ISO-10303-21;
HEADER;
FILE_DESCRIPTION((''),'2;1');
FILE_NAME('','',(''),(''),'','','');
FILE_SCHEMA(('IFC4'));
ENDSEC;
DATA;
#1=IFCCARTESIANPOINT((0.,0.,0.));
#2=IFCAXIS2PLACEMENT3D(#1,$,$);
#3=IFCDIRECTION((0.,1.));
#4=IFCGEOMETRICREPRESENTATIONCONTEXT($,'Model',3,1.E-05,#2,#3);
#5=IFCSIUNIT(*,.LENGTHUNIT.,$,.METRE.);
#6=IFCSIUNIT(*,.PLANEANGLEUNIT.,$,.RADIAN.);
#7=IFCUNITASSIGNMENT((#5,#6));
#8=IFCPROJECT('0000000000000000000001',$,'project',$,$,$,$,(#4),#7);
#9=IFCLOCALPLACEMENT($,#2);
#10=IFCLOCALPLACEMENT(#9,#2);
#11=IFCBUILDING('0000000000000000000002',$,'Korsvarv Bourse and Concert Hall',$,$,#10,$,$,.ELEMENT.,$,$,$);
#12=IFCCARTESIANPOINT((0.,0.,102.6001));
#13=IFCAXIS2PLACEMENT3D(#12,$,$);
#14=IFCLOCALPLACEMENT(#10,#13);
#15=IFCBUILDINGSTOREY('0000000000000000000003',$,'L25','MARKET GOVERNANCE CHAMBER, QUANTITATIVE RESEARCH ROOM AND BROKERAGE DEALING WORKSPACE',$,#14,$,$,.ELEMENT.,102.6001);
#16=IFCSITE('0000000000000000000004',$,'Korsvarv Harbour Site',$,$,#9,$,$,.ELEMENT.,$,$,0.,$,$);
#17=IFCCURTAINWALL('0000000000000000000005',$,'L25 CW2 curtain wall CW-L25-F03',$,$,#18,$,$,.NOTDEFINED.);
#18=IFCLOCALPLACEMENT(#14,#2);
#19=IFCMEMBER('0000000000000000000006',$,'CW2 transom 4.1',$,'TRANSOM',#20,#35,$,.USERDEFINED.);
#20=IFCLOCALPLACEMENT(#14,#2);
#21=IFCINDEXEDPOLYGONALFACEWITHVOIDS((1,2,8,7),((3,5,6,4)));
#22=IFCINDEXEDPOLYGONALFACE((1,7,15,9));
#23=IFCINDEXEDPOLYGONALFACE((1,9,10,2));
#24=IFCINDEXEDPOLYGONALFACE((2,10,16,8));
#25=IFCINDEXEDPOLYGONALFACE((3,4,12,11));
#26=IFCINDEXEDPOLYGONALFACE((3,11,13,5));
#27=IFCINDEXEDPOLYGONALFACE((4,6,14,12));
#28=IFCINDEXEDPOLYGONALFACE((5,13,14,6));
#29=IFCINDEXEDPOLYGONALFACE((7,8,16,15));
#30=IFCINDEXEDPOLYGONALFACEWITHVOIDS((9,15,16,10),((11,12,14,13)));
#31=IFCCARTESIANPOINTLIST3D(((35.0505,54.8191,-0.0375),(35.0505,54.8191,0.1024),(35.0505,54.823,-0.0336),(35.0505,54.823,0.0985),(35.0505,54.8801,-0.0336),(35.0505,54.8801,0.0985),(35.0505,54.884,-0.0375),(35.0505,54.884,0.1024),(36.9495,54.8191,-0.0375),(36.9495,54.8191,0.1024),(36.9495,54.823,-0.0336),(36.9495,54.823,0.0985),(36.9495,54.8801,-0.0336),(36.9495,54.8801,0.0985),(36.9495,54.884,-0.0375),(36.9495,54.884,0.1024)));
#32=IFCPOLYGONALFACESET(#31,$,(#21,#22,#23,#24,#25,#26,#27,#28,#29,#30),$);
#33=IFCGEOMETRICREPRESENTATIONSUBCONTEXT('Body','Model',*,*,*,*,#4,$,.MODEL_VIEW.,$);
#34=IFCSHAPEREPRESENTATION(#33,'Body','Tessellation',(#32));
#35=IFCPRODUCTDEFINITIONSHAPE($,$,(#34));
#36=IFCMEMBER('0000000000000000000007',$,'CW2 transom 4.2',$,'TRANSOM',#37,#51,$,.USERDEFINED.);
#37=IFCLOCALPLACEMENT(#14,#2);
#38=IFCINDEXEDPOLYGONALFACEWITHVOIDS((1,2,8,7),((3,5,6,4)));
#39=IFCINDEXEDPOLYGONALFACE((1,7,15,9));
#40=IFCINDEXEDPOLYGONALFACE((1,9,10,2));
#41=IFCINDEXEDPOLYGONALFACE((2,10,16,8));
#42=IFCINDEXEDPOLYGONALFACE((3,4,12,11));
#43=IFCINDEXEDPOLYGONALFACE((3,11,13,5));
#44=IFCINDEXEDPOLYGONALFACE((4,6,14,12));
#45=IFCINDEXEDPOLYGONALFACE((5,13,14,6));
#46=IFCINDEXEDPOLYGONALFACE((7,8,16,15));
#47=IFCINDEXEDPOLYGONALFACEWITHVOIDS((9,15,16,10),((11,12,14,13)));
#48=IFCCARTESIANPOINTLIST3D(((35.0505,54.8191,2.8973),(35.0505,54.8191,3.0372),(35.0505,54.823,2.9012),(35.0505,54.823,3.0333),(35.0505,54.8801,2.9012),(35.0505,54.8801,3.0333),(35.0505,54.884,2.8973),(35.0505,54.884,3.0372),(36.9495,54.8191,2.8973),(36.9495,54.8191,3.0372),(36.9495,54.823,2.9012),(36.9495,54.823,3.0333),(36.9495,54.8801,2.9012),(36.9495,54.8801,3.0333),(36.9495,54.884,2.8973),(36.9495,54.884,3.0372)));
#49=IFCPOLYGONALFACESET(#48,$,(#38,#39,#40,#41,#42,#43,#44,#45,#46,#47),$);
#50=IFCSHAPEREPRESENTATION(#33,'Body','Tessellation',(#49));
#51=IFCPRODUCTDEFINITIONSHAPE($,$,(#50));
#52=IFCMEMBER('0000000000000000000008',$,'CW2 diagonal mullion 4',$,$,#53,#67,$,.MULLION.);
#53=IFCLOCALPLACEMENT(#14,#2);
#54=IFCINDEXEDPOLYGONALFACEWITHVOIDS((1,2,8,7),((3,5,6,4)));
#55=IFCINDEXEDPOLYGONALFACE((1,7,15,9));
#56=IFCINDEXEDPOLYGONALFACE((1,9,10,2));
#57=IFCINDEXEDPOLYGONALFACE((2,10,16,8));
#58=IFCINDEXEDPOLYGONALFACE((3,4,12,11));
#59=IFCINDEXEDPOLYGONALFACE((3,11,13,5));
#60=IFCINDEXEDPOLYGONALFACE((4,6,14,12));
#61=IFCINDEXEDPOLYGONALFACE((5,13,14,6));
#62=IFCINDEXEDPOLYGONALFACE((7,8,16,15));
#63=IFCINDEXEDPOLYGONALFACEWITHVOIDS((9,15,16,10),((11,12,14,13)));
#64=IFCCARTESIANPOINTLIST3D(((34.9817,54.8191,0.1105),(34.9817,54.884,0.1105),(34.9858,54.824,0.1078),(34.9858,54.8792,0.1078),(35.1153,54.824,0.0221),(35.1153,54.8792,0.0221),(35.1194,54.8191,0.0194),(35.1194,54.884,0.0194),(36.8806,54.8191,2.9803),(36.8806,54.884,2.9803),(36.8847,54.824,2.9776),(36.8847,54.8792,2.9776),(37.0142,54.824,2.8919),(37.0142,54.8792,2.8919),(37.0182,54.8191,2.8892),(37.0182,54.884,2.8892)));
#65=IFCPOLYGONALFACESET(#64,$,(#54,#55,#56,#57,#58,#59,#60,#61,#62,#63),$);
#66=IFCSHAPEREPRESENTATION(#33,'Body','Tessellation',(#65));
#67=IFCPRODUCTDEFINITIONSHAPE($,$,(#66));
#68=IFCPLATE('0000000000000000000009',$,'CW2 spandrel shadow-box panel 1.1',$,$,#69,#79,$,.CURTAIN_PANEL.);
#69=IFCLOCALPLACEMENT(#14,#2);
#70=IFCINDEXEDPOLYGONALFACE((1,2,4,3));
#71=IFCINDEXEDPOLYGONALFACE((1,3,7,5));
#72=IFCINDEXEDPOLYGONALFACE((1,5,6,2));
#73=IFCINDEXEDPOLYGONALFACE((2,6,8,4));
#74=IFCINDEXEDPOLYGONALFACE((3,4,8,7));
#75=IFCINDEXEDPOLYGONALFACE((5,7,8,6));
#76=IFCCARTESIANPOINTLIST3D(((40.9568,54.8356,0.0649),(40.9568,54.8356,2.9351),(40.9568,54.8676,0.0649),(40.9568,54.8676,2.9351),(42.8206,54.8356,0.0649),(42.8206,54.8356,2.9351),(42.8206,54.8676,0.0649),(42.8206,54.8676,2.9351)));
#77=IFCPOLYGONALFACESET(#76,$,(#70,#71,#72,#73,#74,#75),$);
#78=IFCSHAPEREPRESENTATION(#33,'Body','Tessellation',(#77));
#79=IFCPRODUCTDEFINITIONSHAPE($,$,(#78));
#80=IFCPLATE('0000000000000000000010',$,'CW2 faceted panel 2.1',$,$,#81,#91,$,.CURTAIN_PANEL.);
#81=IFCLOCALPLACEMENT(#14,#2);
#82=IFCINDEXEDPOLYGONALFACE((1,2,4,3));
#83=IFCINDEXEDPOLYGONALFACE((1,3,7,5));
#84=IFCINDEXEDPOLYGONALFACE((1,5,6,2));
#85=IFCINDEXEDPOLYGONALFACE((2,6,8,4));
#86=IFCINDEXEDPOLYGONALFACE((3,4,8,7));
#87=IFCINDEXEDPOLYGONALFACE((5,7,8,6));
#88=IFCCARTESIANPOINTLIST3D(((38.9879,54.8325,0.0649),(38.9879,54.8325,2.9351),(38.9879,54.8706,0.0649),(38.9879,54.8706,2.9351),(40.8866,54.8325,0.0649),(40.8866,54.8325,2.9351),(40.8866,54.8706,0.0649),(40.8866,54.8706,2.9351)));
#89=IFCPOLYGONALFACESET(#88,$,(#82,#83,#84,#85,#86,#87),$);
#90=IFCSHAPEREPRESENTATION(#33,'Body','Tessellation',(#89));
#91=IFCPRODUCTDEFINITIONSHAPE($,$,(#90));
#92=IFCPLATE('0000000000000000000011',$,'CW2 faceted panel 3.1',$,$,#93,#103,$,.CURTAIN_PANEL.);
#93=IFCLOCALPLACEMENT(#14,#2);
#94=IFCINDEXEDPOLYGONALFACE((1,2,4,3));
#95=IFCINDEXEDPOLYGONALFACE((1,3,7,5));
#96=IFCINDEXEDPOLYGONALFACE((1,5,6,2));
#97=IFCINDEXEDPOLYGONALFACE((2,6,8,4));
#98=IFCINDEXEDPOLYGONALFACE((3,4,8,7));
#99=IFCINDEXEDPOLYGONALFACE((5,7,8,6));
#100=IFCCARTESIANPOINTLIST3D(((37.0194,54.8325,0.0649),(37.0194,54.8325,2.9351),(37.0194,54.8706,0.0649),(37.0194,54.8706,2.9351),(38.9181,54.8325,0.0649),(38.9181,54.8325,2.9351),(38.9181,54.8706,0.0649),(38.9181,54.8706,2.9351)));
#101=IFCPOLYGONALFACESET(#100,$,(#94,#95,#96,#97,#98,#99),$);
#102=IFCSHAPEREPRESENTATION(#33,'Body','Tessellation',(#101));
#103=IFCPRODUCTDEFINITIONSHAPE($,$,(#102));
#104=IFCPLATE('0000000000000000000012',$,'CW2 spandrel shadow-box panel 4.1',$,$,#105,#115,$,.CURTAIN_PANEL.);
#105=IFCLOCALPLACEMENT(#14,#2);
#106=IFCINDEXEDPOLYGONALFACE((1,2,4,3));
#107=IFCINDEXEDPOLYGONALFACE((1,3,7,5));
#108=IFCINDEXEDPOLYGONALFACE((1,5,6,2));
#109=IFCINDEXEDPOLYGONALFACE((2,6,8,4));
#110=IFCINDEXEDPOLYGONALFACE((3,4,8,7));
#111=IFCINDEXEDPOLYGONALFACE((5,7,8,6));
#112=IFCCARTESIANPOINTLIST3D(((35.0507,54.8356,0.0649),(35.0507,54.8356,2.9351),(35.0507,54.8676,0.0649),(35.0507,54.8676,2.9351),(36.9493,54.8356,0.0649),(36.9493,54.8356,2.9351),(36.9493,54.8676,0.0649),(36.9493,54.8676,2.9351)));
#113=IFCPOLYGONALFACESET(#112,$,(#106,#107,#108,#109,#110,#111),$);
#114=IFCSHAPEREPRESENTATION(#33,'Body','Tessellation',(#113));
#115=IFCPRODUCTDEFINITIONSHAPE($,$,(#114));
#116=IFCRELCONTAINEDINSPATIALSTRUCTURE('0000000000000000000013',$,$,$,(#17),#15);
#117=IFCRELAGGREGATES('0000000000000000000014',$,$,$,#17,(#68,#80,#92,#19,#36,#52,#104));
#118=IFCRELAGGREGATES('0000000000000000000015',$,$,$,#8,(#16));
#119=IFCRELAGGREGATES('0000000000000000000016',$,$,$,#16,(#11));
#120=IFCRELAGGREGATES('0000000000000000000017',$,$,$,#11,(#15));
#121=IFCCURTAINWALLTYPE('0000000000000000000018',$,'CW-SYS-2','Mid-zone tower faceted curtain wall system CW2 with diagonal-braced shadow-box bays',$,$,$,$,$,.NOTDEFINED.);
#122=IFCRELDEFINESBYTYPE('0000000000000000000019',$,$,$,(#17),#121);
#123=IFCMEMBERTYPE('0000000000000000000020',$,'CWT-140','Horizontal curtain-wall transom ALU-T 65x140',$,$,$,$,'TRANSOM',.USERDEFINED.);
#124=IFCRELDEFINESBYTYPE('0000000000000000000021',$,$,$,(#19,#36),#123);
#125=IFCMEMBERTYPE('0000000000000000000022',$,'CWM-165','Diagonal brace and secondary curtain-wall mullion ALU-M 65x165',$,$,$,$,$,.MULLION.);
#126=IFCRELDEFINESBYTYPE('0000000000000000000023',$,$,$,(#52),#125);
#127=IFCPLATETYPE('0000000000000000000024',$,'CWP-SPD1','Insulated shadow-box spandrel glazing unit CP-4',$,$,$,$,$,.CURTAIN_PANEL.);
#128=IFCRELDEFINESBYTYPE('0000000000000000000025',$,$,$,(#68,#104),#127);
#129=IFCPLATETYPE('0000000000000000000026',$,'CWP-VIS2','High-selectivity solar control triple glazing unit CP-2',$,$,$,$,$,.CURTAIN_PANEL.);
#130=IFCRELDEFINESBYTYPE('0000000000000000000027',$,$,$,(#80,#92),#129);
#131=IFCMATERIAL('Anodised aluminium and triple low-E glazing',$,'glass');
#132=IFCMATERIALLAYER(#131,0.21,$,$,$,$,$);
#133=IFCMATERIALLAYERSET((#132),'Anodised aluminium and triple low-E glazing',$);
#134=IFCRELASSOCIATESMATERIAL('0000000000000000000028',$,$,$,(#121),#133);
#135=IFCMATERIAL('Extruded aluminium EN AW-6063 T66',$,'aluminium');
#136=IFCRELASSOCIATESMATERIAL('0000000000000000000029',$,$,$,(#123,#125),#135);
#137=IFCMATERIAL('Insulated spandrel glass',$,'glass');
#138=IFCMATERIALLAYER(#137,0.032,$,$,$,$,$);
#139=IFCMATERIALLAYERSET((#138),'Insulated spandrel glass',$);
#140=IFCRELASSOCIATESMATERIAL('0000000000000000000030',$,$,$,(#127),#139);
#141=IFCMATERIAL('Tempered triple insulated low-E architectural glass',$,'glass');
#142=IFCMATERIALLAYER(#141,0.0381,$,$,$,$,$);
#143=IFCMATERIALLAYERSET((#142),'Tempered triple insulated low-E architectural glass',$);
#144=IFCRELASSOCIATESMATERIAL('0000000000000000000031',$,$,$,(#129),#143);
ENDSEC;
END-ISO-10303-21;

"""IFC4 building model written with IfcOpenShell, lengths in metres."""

from ifc_helpers import new_model, si_unit, direction, frame, origin, origin_2d, place, context, subcontext, project, spatial, rectangle, hollow_rectangle, extrude, source, transform, mapped, material, layer, layer_set, material_profile, profile_set, type_object, element, aggregate, save


model = new_model("IFC4")

# Units and contexts
model_context = context("Model", 3, precision=1e-05, world=origin(), true_north=direction((0.0, 1.0)))
body_context = subcontext(model_context, "Body", "Model", "MODEL_VIEW")
ifc_project = project(units=[si_unit("LENGTHUNIT", "METRE"), si_unit("PLANEANGLEUNIT", "RADIAN")], contexts=[model_context])

# Site, building, storey
site_placement = place(None, origin())
site = spatial("IfcSite", under=ifc_project, at=site_placement, Name="Korsvarv Harbour Site", CompositionType="ELEMENT", RefElevation=0.0)
building_placement = place(site_placement, origin())
building = spatial("IfcBuilding", under=site, at=building_placement, Name="Korsvarv Bourse and Concert Hall", CompositionType="ELEMENT")
storey_placement = place(building_placement, frame((0.0, 0.0, 102.6001)))
storey = spatial("IfcBuildingStorey", under=building, at=storey_placement, Name="L25", Description="MARKET GOVERNANCE CHAMBER, QUANTITATIVE RESEARCH ROOM AND BROKERAGE DEALING WORKSPACE", CompositionType="ELEMENT", Elevation=102.6001)

# Curtain wall, members, plates
ifc_material_1 = material(Name="Anodised aluminium and triple low-E glazing", Category="glass")
ifc_layer_1 = layer(ifc_material_1, 0.21)
ifc_layer_set_1 = layer_set([ifc_layer_1], Name="Anodised aluminium and triple low-E glazing")
curtain_wall_type = type_object("IfcCurtainWallType", Name="CW-SYS-2", Description="Mid-zone tower faceted curtain wall system CW2 with diagonal-braced shadow-box bays", PredefinedType="NOTDEFINED", material=ifc_layer_set_1)
curtain_wall_placement = place(storey_placement, origin())
curtain_wall = element("IfcCurtainWall", 1, at=curtain_wall_placement, inside=storey, type_object=curtain_wall_type, Name="L25 CW2 curtain wall CW-L25-F03", PredefinedType="NOTDEFINED")
ifc_material_2 = material(Name="Extruded aluminium EN AW-6063 T66", Category="aluminium")
ifc_material_profile_1 = material_profile(ifc_material_2, hollow_rectangle(XDim=0.0649, YDim=0.1399, WallThickness=0.0039, at=origin_2d()), Name="ALU-T 65x140")
ifc_profile_set_1 = profile_set([ifc_material_profile_1], Name="Extruded aluminium EN AW-6063 T66")
member_type_1 = type_object("IfcMemberType", Name="CWT-140", Description="Horizontal curtain-wall transom ALU-T 65x140", ElementType="TRANSOM", PredefinedType="USERDEFINED", material=ifc_profile_set_1)
shared_shape_1 = source(origin(), body_context, "Body", "SweptSolid", [
    extrude(hollow_rectangle(XDim=0.0649, YDim=0.1399, WallThickness=0.0039, at=origin_2d()), origin(), (0.0, 0.0, 1.0), 1.8989),
])
member_1_placement = place(storey_placement, frame((36.9495, 54.8516, 0.0325), z_axis=(-1.0, 0.0, 0.0), x_axis=(0.0, -1.0, 0.0)))
member_1 = element("IfcMember", 2, at=member_1_placement, type_object=member_type_1, Name="CW2 transom 4.1", ObjectType="TRANSOM", PredefinedType="USERDEFINED", context=body_context, shape_type="MappedRepresentation", body=[
    mapped(shared_shape_1, transform((0.0, 0.0, 0.0), scale=1.0)),
])
member_2_placement = place(storey_placement, frame((36.9495, 54.8516, 2.9673), z_axis=(-1.0, 0.0, 0.0), x_axis=(0.0, -1.0, 0.0)))
member_2 = element("IfcMember", 3, at=member_2_placement, type_object=member_type_1, Name="CW2 transom 4.2", ObjectType="TRANSOM", PredefinedType="USERDEFINED", context=body_context, shape_type="MappedRepresentation", body=[
    mapped(shared_shape_1, transform((0.0, 0.0, 0.0), scale=1.0)),
])
ifc_material_profile_2 = material_profile(ifc_material_2, hollow_rectangle(XDim=0.0649, YDim=0.165, WallThickness=0.0049, at=origin_2d()), Name="ALU-M 65x165")
ifc_profile_set_2 = profile_set([ifc_material_profile_2], Name="Extruded aluminium EN AW-6063 T66")
member_type_2 = type_object("IfcMemberType", Name="CWM-165", Description="Diagonal brace and secondary curtain-wall mullion ALU-M 65x165", PredefinedType="MULLION", material=ifc_profile_set_2)
shared_shape_2 = source(origin(), body_context, "Body", "SweptSolid", [
    extrude(hollow_rectangle(XDim=0.0649, YDim=0.165, WallThickness=0.0049, at=origin_2d()), origin(), (0.0, 0.0, 1.0), 3.4412),
])
member_3_placement = place(storey_placement, frame((35.0505, 54.8516, 0.0649), z_axis=(0.551815, 0.0, 0.833966), x_axis=(0.0, 1.0, 0.0)))
member_3 = element("IfcMember", 4, at=member_3_placement, type_object=member_type_2, Name="CW2 diagonal mullion 4", PredefinedType="MULLION", context=body_context, shape_type="MappedRepresentation", body=[
    mapped(shared_shape_2, transform((0.0, 0.0, 0.0), scale=1.0)),
])
ifc_material_3 = material(Name="Insulated spandrel glass", Category="glass")
ifc_layer_2 = layer(ifc_material_3, 0.032)
ifc_layer_set_2 = layer_set([ifc_layer_2], Name="Insulated spandrel glass")
plate_type_1 = type_object("IfcPlateType", Name="CWP-SPD1", Description="Insulated shadow-box spandrel glazing unit CP-4", PredefinedType="CURTAIN_PANEL", material=ifc_layer_set_2)
shared_shape_3 = source(origin(), body_context, "Body", "SweptSolid", [
    extrude(rectangle(XDim=1.8638, YDim=0.032, at=origin_2d()), origin(), (0.0, 0.0, 1.0), 2.8701),
])
plate_1_placement = place(storey_placement, frame((41.8887, 54.8516, 0.0649), z_axis=(0.0, 0.0, 1.0), x_axis=(-1.0, 0.0, 0.0)))
plate_1 = element("IfcPlate", 5, at=plate_1_placement, type_object=plate_type_1, Name="CW2 spandrel shadow-box panel 1.1", PredefinedType="CURTAIN_PANEL", context=body_context, shape_type="MappedRepresentation", body=[
    mapped(shared_shape_3, transform((0.0, 0.0, 0.0), scale=1.0)),
])
ifc_material_4 = material(Name="Tempered triple insulated low-E architectural glass", Category="glass")
ifc_layer_3 = layer(ifc_material_4, 0.0381)
ifc_layer_set_3 = layer_set([ifc_layer_3], Name="Tempered triple insulated low-E architectural glass")
plate_type_2 = type_object("IfcPlateType", Name="CWP-VIS2", Description="High-selectivity solar control triple glazing unit CP-2", PredefinedType="CURTAIN_PANEL", material=ifc_layer_set_3)
shared_shape_4 = source(origin(), body_context, "Body", "SweptSolid", [
    extrude(rectangle(XDim=1.8987, YDim=0.0381, at=origin_2d()), origin(), (0.0, 0.0, 1.0), 2.8701),
])
plate_2_placement = place(storey_placement, frame((39.9373, 54.8516, 0.0649), z_axis=(0.0, 0.0, 1.0), x_axis=(-1.0, 0.0, 0.0)))
plate_2 = element("IfcPlate", 6, at=plate_2_placement, type_object=plate_type_2, Name="CW2 faceted panel 2.1", PredefinedType="CURTAIN_PANEL", context=body_context, shape_type="MappedRepresentation", body=[
    mapped(shared_shape_4, transform((0.0, 0.0, 0.0), scale=1.0)),
])
plate_3_placement = place(storey_placement, frame((37.9688, 54.8516, 0.0649), z_axis=(0.0, 0.0, 1.0), x_axis=(-1.0, 0.0, 0.0)))
plate_3 = element("IfcPlate", 7, at=plate_3_placement, type_object=plate_type_2, Name="CW2 faceted panel 3.1", PredefinedType="CURTAIN_PANEL", context=body_context, shape_type="MappedRepresentation", body=[
    mapped(shared_shape_4, transform((0.0, 0.0, 0.0), scale=1.0)),
])
shared_shape_5 = source(origin(), body_context, "Body", "SweptSolid", [
    extrude(rectangle(XDim=1.8987, YDim=0.032, at=origin_2d()), origin(), (0.0, 0.0, 1.0), 2.8701),
])
plate_4_placement = place(storey_placement, frame((36.0, 54.8516, 0.0649), z_axis=(0.0, 0.0, 1.0), x_axis=(-1.0, 0.0, 0.0)))
plate_4 = element("IfcPlate", 8, at=plate_4_placement, type_object=plate_type_1, Name="CW2 spandrel shadow-box panel 4.1", PredefinedType="CURTAIN_PANEL", context=body_context, shape_type="MappedRepresentation", body=[
    mapped(shared_shape_5, transform((0.0, 0.0, 0.0), scale=1.0)),
])
aggregate(curtain_wall, [plate_1, plate_2, plate_3, member_1, member_2, member_3, plate_4])

save(model, "model.ifc")
